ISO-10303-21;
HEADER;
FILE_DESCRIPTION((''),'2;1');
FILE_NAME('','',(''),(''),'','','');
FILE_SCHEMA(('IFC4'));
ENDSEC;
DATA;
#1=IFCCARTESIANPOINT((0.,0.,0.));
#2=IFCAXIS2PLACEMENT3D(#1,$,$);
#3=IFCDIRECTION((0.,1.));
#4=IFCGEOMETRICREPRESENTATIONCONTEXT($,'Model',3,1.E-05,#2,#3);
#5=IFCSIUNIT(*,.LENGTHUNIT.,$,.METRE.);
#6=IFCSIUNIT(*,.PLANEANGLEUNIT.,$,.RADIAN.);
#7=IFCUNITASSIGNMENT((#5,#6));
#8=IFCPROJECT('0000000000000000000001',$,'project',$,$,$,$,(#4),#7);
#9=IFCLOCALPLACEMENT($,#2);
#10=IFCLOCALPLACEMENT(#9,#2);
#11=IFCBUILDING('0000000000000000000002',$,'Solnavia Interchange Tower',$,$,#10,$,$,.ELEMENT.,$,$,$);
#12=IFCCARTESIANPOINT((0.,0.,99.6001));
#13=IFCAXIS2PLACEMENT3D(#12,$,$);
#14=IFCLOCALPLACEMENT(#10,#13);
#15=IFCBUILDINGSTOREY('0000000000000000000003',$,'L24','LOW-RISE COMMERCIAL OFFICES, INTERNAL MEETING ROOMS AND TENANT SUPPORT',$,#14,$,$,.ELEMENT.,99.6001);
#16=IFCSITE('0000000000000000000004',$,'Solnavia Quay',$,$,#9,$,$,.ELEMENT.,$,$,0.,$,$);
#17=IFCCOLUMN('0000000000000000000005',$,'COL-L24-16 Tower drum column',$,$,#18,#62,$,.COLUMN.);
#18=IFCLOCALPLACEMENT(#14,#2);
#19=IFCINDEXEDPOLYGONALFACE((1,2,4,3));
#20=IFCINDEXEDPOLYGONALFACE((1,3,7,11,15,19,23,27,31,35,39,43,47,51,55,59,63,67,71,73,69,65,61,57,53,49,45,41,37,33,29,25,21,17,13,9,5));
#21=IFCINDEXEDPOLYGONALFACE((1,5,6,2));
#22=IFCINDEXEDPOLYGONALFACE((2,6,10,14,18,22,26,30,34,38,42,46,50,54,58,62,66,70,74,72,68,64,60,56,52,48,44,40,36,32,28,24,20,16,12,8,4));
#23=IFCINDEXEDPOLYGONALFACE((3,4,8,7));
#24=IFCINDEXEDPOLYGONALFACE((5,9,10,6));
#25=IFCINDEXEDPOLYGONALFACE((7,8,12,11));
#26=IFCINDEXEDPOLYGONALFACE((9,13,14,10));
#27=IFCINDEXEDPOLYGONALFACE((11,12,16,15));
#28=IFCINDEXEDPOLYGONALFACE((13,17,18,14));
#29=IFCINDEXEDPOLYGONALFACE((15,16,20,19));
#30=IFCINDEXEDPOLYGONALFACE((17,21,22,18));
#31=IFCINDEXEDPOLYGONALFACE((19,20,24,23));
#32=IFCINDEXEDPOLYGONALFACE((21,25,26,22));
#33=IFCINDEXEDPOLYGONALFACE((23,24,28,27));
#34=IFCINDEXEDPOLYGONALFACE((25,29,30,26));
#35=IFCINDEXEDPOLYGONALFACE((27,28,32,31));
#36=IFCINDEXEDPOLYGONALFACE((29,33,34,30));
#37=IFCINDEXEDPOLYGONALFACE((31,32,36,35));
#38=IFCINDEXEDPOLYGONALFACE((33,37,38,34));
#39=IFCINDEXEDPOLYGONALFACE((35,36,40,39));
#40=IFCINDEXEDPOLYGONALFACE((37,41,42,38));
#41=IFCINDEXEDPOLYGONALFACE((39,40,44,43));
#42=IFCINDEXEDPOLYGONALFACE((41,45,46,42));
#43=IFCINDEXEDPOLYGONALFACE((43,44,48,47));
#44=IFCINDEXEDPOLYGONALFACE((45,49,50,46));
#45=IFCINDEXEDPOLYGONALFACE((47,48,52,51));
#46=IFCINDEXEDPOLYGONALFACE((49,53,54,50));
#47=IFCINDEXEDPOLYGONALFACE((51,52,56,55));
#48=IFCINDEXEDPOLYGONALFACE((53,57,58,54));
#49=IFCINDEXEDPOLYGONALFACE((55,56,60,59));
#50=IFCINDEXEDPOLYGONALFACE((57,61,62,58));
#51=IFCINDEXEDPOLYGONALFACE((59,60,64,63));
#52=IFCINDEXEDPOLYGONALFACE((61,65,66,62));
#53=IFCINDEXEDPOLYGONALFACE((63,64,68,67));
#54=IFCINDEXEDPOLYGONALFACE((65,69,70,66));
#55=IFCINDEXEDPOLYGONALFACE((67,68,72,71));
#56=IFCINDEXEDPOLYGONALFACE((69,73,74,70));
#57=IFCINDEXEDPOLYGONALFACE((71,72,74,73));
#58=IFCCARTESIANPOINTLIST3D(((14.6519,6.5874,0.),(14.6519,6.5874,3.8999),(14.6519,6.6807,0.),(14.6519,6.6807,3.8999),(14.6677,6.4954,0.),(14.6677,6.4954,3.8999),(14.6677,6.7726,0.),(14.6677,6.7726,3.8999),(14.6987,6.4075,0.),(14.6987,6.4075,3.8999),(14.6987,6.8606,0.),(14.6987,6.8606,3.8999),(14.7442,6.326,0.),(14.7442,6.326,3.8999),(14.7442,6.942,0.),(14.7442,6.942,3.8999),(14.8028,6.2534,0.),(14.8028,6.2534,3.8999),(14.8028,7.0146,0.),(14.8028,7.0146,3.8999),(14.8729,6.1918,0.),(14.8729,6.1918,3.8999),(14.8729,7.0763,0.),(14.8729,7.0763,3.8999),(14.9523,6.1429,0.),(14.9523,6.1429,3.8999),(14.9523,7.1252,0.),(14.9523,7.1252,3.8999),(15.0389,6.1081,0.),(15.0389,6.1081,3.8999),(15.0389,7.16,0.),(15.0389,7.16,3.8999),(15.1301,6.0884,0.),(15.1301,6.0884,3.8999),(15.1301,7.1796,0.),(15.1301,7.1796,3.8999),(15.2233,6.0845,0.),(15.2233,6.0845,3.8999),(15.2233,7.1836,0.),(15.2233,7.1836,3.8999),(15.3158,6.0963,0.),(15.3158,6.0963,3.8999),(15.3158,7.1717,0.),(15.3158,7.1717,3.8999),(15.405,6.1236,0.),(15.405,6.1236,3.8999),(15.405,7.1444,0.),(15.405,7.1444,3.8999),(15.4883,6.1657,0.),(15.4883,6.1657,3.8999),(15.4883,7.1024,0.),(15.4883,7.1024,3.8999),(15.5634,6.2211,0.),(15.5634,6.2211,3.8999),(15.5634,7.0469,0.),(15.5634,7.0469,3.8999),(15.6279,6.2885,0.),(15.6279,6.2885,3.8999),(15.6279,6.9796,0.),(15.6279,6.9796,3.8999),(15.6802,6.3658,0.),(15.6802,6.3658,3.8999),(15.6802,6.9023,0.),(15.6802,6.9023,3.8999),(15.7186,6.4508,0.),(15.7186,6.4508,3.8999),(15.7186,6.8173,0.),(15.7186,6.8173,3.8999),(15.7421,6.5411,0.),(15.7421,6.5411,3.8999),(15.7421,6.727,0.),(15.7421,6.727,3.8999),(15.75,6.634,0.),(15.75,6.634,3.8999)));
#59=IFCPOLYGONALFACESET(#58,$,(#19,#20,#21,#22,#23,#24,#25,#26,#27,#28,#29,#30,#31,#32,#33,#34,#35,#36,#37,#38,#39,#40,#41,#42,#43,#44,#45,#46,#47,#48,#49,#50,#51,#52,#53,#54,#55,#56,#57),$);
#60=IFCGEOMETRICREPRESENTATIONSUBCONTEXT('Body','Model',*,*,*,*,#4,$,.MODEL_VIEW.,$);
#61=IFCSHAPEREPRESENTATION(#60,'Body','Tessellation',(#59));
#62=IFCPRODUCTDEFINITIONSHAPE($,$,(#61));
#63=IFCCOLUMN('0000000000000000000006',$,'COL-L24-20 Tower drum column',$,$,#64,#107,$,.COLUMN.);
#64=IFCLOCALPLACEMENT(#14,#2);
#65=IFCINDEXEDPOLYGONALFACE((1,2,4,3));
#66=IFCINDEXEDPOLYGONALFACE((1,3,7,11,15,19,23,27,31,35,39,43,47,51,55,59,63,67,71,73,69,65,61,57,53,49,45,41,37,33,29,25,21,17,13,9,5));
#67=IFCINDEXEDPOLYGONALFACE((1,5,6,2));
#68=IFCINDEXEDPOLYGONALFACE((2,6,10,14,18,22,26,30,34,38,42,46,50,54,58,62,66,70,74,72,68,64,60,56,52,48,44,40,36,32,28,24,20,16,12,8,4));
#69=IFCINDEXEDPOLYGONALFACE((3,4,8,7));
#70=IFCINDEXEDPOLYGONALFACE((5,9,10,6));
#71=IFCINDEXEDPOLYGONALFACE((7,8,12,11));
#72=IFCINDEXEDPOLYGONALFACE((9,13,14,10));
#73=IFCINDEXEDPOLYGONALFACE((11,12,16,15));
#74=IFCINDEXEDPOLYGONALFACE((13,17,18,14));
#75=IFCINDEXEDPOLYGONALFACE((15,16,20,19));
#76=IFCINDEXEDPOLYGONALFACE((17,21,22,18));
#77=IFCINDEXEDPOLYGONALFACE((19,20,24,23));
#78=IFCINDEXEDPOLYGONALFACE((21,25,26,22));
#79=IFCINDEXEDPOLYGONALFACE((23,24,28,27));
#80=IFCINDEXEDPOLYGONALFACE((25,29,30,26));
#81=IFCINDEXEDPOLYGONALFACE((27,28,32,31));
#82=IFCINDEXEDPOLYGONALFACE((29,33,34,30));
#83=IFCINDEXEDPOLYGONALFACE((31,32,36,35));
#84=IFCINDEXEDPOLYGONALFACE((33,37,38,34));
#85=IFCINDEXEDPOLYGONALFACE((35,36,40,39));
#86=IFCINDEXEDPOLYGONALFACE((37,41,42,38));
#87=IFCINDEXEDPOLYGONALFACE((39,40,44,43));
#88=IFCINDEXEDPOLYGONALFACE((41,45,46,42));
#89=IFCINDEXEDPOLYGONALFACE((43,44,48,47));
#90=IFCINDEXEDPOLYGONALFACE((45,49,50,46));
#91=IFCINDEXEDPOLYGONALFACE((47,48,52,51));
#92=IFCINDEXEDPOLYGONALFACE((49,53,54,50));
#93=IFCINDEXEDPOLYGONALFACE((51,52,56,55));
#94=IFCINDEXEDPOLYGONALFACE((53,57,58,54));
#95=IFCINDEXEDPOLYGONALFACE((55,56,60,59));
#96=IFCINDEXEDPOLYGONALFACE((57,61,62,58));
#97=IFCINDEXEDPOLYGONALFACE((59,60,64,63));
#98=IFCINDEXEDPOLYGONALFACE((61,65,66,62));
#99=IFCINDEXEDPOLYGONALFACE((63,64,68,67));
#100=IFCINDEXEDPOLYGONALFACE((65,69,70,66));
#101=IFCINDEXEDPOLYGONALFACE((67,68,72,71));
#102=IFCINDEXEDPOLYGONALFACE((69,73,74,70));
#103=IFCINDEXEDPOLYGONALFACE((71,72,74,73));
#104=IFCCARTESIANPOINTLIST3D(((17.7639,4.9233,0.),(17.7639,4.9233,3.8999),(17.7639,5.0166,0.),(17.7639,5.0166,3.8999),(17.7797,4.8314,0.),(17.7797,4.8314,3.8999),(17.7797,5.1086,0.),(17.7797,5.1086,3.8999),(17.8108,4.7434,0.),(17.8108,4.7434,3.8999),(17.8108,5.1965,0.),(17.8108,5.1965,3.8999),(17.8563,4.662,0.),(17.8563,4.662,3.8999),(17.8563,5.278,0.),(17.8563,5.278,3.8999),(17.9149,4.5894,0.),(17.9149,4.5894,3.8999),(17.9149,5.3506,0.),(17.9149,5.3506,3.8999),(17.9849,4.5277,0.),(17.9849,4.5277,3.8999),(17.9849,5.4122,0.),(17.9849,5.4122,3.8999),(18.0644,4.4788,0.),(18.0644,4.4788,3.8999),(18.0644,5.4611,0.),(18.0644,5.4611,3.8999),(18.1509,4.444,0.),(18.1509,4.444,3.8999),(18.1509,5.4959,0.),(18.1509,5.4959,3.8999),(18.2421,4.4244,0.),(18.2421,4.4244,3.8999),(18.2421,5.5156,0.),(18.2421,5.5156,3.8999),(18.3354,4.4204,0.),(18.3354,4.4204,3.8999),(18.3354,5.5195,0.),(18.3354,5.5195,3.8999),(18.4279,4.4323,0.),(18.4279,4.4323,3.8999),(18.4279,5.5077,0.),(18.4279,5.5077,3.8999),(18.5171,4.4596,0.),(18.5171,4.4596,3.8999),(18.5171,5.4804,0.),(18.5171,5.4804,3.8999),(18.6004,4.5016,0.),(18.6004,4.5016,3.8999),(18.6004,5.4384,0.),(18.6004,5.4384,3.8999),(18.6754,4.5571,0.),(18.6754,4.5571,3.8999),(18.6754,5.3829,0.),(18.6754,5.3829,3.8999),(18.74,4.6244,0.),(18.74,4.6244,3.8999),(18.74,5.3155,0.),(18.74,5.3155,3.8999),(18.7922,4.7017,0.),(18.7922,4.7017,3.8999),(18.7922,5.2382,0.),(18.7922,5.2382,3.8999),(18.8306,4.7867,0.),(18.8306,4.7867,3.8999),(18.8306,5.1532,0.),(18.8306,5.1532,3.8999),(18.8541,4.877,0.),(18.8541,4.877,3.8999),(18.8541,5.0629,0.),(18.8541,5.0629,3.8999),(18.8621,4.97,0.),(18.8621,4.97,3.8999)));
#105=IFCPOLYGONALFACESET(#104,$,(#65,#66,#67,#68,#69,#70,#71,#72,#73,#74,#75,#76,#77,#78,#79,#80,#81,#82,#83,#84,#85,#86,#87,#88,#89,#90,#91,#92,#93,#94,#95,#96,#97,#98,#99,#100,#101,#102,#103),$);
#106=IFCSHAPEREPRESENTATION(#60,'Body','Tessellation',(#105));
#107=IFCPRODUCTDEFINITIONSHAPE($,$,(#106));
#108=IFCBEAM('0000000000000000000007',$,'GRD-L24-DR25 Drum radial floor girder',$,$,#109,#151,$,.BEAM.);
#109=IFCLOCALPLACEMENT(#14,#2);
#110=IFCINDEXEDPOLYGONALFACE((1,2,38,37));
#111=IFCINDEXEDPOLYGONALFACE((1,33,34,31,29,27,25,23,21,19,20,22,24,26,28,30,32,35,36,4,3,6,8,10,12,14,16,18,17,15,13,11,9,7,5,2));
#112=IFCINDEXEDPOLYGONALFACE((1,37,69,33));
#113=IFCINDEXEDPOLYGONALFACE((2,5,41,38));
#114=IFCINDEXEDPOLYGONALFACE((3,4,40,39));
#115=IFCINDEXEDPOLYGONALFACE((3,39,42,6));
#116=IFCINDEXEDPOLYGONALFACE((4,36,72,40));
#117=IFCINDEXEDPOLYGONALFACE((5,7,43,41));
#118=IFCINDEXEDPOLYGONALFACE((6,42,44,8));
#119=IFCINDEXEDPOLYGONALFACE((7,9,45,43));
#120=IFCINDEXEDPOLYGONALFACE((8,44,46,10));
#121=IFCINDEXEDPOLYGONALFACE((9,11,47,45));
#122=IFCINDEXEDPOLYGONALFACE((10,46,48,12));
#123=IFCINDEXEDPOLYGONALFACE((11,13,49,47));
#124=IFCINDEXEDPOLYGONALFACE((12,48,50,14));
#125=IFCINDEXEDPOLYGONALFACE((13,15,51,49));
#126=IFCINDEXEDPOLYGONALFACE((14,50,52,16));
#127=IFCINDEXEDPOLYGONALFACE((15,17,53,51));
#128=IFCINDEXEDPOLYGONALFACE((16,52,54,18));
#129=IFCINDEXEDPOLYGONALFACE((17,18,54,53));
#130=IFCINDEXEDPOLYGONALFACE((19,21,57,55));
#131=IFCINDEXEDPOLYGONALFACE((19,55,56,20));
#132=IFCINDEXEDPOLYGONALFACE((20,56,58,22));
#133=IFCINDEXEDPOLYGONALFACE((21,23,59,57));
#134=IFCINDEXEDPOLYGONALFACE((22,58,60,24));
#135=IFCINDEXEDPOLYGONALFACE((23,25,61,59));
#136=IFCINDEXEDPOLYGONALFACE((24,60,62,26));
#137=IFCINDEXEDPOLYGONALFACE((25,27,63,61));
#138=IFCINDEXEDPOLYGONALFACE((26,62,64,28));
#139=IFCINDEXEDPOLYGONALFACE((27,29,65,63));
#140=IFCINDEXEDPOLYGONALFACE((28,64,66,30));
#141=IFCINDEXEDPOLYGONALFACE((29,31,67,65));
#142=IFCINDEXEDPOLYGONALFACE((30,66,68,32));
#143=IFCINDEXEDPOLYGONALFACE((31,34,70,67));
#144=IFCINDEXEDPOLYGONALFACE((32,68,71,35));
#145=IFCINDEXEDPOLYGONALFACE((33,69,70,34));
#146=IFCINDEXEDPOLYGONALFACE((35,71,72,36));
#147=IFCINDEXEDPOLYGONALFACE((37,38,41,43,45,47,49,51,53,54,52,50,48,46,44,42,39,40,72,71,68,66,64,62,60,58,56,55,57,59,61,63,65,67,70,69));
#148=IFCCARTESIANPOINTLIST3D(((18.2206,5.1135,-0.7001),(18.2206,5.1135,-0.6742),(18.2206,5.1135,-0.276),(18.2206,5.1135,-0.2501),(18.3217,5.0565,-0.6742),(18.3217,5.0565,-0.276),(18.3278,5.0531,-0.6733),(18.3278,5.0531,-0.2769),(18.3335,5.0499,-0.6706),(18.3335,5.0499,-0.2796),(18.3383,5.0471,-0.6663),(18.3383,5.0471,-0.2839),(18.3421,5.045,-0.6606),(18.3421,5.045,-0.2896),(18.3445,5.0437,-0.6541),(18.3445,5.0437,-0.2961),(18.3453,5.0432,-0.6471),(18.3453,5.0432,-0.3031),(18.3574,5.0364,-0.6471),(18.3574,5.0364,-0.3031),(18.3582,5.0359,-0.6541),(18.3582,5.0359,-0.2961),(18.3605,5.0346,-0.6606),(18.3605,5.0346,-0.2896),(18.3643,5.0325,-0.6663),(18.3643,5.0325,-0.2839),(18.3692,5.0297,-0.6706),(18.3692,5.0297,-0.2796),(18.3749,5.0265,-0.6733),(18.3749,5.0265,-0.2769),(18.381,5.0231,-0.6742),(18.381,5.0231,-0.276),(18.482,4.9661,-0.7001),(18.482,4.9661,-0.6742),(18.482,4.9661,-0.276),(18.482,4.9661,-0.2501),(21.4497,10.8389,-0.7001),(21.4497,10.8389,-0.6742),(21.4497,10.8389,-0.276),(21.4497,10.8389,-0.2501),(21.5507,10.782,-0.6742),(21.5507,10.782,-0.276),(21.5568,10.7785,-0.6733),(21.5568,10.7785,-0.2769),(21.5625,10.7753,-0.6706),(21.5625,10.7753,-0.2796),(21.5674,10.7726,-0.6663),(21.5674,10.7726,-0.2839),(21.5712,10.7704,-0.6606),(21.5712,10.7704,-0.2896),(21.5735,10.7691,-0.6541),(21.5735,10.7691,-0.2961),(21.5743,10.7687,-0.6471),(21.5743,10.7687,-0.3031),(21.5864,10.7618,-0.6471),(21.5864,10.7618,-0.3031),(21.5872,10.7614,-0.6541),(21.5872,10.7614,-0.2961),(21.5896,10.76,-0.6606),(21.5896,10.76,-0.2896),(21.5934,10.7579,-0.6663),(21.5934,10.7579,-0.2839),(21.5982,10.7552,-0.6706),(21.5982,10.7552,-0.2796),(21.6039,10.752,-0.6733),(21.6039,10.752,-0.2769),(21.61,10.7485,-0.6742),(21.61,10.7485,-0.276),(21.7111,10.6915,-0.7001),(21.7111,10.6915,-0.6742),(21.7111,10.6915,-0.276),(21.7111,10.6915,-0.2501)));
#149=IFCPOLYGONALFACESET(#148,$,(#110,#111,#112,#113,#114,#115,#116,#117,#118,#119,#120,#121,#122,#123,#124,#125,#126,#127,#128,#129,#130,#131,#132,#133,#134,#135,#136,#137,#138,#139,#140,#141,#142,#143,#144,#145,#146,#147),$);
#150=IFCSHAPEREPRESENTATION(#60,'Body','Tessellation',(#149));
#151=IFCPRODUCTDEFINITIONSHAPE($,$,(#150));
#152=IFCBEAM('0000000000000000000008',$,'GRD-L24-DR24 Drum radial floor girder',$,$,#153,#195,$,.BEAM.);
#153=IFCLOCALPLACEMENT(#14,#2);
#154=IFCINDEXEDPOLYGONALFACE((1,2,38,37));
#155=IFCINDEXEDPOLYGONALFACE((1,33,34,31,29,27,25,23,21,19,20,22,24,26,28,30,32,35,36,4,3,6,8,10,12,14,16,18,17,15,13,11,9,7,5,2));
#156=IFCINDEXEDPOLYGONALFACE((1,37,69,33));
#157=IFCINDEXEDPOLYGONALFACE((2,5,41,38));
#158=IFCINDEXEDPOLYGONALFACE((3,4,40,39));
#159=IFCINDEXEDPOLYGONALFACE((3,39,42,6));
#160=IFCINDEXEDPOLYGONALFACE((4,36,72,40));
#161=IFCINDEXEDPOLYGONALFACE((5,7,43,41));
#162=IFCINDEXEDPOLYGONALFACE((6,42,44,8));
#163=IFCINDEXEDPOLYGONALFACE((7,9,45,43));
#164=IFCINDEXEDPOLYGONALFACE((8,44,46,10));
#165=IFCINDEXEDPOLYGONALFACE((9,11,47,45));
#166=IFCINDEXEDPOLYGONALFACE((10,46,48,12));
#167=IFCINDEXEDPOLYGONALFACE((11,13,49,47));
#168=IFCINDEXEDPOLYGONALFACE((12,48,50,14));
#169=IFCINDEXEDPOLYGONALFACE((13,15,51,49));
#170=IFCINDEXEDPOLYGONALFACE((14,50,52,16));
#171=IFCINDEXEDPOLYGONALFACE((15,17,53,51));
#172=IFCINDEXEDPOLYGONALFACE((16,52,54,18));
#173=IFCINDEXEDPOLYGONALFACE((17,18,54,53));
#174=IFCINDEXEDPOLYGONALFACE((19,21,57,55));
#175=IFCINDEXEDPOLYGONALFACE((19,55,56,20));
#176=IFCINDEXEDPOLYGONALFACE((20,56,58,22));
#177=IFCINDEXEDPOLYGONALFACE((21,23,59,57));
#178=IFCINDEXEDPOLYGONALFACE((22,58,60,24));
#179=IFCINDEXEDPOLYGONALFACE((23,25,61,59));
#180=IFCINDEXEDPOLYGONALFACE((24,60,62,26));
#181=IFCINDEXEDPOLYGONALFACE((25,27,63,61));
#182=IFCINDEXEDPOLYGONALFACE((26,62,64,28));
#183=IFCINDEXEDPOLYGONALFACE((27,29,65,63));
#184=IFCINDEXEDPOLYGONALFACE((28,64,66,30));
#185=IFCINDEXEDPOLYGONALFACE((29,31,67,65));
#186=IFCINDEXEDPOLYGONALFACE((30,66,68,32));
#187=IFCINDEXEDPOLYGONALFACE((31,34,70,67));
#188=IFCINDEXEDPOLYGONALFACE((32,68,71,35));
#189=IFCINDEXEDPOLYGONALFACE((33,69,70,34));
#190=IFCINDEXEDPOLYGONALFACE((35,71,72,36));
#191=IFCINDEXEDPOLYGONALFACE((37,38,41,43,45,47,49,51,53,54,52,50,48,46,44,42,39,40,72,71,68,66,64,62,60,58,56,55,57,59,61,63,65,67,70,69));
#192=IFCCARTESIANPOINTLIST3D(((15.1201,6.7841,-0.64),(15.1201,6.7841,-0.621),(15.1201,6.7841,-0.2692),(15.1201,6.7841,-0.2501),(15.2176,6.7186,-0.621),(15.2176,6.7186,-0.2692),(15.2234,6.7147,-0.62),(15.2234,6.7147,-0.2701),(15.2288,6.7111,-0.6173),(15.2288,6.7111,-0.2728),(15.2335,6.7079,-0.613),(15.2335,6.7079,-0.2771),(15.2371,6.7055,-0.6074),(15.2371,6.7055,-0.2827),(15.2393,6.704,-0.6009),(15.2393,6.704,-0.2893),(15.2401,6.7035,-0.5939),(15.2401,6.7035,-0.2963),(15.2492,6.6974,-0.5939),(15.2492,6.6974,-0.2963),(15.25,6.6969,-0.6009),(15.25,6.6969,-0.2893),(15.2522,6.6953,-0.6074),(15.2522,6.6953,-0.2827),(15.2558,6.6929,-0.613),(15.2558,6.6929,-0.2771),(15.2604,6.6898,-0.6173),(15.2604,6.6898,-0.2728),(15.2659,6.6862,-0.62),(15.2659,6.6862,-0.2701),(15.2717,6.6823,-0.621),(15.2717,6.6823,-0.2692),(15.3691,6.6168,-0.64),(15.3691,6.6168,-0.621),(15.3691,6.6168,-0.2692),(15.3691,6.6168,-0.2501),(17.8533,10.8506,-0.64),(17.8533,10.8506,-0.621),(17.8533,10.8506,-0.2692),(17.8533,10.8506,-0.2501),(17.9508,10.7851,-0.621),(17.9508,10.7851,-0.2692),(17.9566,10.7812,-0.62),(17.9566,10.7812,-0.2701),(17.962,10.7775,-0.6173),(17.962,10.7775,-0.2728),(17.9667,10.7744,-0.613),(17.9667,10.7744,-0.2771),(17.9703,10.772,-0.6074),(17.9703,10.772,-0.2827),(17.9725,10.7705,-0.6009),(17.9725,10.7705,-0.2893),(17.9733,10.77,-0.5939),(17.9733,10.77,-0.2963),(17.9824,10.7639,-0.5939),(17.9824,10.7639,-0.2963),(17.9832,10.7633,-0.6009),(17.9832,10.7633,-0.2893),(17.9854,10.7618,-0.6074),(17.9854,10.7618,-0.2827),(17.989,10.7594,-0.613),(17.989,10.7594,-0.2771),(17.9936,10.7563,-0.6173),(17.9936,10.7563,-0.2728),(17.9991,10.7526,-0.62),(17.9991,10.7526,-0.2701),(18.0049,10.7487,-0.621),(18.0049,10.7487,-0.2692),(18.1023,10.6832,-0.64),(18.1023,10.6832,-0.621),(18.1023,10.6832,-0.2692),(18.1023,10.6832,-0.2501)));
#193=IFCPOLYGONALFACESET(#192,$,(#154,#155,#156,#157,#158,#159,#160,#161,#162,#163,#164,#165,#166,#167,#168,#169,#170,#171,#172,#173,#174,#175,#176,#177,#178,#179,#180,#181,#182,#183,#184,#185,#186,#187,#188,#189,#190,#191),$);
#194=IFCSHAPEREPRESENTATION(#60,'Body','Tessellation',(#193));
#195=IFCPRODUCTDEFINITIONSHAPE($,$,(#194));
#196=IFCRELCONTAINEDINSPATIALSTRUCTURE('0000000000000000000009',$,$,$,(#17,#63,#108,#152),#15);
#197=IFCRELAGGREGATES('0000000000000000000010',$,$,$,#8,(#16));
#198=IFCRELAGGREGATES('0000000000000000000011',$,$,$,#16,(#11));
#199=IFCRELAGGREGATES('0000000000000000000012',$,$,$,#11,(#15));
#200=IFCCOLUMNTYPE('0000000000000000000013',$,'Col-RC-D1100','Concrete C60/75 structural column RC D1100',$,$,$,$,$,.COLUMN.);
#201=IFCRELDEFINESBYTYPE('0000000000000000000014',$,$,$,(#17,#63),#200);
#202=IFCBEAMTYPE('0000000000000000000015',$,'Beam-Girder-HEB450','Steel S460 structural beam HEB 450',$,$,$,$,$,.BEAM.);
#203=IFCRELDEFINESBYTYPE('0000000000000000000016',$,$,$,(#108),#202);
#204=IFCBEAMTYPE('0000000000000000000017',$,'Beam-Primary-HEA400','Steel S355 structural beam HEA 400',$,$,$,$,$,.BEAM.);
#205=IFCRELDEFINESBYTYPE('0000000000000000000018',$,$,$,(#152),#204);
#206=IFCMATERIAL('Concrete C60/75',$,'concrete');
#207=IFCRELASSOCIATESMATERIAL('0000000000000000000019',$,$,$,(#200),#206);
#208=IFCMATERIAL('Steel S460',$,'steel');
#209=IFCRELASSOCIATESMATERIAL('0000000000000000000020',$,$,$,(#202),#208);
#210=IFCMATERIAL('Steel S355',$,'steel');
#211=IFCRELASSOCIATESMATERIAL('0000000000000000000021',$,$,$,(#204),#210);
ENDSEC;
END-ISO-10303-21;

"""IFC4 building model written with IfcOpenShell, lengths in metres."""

from ifc_helpers import new_model, si_unit, direction, frame, origin, origin_2d, place, context, subcontext, project, spatial, circle, i_section, extrude, material, material_profile, profile_set, type_object, element, save


model = new_model("IFC4")

# Units and contexts
model_context = context("Model", 3, precision=1e-05, world=origin(), true_north=direction((0.0, 1.0)))
body_context = subcontext(model_context, "Body", "Model", "MODEL_VIEW")
ifc_project = project(units=[si_unit("LENGTHUNIT", "METRE"), si_unit("PLANEANGLEUNIT", "RADIAN")], contexts=[model_context])

# Site, building, storey
site_placement = place(None, origin())
site = spatial("IfcSite", under=ifc_project, at=site_placement, Name="Solnavia Quay", CompositionType="ELEMENT", RefElevation=0.0)
building_placement = place(site_placement, origin())
building = spatial("IfcBuilding", under=site, at=building_placement, Name="Solnavia Interchange Tower", CompositionType="ELEMENT")
storey_placement = place(building_placement, frame((0.0, 0.0, 99.6001)))
storey = spatial("IfcBuildingStorey", under=building, at=storey_placement, Name="L24", Description="LOW-RISE COMMERCIAL OFFICES, INTERNAL MEETING ROOMS AND TENANT SUPPORT", CompositionType="ELEMENT", Elevation=99.6001)

# Columns
ifc_material_1 = material(Name="Concrete C60/75", Category="concrete")
ifc_material_profile_1 = material_profile(ifc_material_1, circle(Radius=0.55, at=origin_2d()), Name="RC D1100")
ifc_profile_set_1 = profile_set([ifc_material_profile_1], Name="Concrete C60/75")
column_type = type_object("IfcColumnType", Name="Col-RC-D1100", Description="Concrete C60/75 structural column RC D1100", PredefinedType="COLUMN", material=ifc_profile_set_1)
for number, where, z_axis, x_axis, name in (
    (1, (15.2, 6.634, 0.0), (0.0, 0.0, 1.0), (1.0, 0.0, 0.0), "COL-L24-16 Tower drum column"),
    (2, (18.312, 4.97, 0.0), (0.0, 0.0, 1.0), (1.0, 0.0, 0.0), "COL-L24-20 Tower drum column"),
):
    element("IfcColumn", number, at=place(storey_placement, frame(where, z_axis=z_axis, x_axis=x_axis)), inside=storey, type_object=column_type, Name=name, PredefinedType="COLUMN", context=body_context, shape_type="SweptSolid", body=[
        extrude(circle(Radius=0.55, at=origin_2d()), origin(), (0.0, 0.0, 1.0), 3.8999),
    ])

# Beams
ifc_material_2 = material(Name="Steel S460", Category="steel")
ifc_material_profile_2 = material_profile(ifc_material_2, i_section(OverallWidth=0.3, OverallDepth=0.45, WebThickness=0.0139, FlangeThickness=0.0259, FilletRadius=0.0271, at=origin_2d()), Name="HEB 450")
ifc_profile_set_2 = profile_set([ifc_material_profile_2], Name="Steel S460")
beam_type_1 = type_object("IfcBeamType", Name="Beam-Girder-HEB450", Description="Steel S460 structural beam HEB 450", PredefinedType="BEAM", material=ifc_profile_set_2)
beam_1_placement = place(storey_placement, frame((18.3513, 5.0398, -0.4751), z_axis=(0.491243, 0.871022, 0.0), x_axis=(-0.871022, 0.491243, 0.0)))
element("IfcBeam", 3, at=beam_1_placement, inside=storey, type_object=beam_type_1, Name="GRD-L24-DR25 Drum radial floor girder", PredefinedType="BEAM", context=body_context, shape_type="SweptSolid", body=[
    extrude(i_section(OverallWidth=0.3, OverallDepth=0.45, WebThickness=0.0139, FlangeThickness=0.0259, FilletRadius=0.0271, at=origin_2d()), origin(), (0.0, 0.0, 1.0), 6.5732),
])
ifc_material_3 = material(Name="Steel S355", Category="steel")
ifc_material_profile_3 = material_profile(ifc_material_3, i_section(OverallWidth=0.3, OverallDepth=0.3899, WebThickness=0.011, FlangeThickness=0.019, FilletRadius=0.0271, at=origin_2d()), Name="HEA 400")
ifc_profile_set_3 = profile_set([ifc_material_profile_3], Name="Steel S355")
beam_type_2 = type_object("IfcBeamType", Name="Beam-Primary-HEA400", Description="Steel S355 structural beam HEA 400", PredefinedType="BEAM", material=ifc_profile_set_3)
beam_2_placement = place(storey_placement, frame((15.2446, 6.7004, -0.4451), z_axis=(0.557835, 0.829952, 0.0), x_axis=(-0.829952, 0.557835, 0.0)))
element("IfcBeam", 4, at=beam_2_placement, inside=storey, type_object=beam_type_2, Name="GRD-L24-DR24 Drum radial floor girder", PredefinedType="BEAM", context=body_context, shape_type="SweptSolid", body=[
    extrude(i_section(OverallWidth=0.3, OverallDepth=0.3899, WebThickness=0.011, FlangeThickness=0.019, FilletRadius=0.0271, at=origin_2d()), origin(), (0.0, 0.0, 1.0), 4.8997),
])

save(model, "model.ifc")
